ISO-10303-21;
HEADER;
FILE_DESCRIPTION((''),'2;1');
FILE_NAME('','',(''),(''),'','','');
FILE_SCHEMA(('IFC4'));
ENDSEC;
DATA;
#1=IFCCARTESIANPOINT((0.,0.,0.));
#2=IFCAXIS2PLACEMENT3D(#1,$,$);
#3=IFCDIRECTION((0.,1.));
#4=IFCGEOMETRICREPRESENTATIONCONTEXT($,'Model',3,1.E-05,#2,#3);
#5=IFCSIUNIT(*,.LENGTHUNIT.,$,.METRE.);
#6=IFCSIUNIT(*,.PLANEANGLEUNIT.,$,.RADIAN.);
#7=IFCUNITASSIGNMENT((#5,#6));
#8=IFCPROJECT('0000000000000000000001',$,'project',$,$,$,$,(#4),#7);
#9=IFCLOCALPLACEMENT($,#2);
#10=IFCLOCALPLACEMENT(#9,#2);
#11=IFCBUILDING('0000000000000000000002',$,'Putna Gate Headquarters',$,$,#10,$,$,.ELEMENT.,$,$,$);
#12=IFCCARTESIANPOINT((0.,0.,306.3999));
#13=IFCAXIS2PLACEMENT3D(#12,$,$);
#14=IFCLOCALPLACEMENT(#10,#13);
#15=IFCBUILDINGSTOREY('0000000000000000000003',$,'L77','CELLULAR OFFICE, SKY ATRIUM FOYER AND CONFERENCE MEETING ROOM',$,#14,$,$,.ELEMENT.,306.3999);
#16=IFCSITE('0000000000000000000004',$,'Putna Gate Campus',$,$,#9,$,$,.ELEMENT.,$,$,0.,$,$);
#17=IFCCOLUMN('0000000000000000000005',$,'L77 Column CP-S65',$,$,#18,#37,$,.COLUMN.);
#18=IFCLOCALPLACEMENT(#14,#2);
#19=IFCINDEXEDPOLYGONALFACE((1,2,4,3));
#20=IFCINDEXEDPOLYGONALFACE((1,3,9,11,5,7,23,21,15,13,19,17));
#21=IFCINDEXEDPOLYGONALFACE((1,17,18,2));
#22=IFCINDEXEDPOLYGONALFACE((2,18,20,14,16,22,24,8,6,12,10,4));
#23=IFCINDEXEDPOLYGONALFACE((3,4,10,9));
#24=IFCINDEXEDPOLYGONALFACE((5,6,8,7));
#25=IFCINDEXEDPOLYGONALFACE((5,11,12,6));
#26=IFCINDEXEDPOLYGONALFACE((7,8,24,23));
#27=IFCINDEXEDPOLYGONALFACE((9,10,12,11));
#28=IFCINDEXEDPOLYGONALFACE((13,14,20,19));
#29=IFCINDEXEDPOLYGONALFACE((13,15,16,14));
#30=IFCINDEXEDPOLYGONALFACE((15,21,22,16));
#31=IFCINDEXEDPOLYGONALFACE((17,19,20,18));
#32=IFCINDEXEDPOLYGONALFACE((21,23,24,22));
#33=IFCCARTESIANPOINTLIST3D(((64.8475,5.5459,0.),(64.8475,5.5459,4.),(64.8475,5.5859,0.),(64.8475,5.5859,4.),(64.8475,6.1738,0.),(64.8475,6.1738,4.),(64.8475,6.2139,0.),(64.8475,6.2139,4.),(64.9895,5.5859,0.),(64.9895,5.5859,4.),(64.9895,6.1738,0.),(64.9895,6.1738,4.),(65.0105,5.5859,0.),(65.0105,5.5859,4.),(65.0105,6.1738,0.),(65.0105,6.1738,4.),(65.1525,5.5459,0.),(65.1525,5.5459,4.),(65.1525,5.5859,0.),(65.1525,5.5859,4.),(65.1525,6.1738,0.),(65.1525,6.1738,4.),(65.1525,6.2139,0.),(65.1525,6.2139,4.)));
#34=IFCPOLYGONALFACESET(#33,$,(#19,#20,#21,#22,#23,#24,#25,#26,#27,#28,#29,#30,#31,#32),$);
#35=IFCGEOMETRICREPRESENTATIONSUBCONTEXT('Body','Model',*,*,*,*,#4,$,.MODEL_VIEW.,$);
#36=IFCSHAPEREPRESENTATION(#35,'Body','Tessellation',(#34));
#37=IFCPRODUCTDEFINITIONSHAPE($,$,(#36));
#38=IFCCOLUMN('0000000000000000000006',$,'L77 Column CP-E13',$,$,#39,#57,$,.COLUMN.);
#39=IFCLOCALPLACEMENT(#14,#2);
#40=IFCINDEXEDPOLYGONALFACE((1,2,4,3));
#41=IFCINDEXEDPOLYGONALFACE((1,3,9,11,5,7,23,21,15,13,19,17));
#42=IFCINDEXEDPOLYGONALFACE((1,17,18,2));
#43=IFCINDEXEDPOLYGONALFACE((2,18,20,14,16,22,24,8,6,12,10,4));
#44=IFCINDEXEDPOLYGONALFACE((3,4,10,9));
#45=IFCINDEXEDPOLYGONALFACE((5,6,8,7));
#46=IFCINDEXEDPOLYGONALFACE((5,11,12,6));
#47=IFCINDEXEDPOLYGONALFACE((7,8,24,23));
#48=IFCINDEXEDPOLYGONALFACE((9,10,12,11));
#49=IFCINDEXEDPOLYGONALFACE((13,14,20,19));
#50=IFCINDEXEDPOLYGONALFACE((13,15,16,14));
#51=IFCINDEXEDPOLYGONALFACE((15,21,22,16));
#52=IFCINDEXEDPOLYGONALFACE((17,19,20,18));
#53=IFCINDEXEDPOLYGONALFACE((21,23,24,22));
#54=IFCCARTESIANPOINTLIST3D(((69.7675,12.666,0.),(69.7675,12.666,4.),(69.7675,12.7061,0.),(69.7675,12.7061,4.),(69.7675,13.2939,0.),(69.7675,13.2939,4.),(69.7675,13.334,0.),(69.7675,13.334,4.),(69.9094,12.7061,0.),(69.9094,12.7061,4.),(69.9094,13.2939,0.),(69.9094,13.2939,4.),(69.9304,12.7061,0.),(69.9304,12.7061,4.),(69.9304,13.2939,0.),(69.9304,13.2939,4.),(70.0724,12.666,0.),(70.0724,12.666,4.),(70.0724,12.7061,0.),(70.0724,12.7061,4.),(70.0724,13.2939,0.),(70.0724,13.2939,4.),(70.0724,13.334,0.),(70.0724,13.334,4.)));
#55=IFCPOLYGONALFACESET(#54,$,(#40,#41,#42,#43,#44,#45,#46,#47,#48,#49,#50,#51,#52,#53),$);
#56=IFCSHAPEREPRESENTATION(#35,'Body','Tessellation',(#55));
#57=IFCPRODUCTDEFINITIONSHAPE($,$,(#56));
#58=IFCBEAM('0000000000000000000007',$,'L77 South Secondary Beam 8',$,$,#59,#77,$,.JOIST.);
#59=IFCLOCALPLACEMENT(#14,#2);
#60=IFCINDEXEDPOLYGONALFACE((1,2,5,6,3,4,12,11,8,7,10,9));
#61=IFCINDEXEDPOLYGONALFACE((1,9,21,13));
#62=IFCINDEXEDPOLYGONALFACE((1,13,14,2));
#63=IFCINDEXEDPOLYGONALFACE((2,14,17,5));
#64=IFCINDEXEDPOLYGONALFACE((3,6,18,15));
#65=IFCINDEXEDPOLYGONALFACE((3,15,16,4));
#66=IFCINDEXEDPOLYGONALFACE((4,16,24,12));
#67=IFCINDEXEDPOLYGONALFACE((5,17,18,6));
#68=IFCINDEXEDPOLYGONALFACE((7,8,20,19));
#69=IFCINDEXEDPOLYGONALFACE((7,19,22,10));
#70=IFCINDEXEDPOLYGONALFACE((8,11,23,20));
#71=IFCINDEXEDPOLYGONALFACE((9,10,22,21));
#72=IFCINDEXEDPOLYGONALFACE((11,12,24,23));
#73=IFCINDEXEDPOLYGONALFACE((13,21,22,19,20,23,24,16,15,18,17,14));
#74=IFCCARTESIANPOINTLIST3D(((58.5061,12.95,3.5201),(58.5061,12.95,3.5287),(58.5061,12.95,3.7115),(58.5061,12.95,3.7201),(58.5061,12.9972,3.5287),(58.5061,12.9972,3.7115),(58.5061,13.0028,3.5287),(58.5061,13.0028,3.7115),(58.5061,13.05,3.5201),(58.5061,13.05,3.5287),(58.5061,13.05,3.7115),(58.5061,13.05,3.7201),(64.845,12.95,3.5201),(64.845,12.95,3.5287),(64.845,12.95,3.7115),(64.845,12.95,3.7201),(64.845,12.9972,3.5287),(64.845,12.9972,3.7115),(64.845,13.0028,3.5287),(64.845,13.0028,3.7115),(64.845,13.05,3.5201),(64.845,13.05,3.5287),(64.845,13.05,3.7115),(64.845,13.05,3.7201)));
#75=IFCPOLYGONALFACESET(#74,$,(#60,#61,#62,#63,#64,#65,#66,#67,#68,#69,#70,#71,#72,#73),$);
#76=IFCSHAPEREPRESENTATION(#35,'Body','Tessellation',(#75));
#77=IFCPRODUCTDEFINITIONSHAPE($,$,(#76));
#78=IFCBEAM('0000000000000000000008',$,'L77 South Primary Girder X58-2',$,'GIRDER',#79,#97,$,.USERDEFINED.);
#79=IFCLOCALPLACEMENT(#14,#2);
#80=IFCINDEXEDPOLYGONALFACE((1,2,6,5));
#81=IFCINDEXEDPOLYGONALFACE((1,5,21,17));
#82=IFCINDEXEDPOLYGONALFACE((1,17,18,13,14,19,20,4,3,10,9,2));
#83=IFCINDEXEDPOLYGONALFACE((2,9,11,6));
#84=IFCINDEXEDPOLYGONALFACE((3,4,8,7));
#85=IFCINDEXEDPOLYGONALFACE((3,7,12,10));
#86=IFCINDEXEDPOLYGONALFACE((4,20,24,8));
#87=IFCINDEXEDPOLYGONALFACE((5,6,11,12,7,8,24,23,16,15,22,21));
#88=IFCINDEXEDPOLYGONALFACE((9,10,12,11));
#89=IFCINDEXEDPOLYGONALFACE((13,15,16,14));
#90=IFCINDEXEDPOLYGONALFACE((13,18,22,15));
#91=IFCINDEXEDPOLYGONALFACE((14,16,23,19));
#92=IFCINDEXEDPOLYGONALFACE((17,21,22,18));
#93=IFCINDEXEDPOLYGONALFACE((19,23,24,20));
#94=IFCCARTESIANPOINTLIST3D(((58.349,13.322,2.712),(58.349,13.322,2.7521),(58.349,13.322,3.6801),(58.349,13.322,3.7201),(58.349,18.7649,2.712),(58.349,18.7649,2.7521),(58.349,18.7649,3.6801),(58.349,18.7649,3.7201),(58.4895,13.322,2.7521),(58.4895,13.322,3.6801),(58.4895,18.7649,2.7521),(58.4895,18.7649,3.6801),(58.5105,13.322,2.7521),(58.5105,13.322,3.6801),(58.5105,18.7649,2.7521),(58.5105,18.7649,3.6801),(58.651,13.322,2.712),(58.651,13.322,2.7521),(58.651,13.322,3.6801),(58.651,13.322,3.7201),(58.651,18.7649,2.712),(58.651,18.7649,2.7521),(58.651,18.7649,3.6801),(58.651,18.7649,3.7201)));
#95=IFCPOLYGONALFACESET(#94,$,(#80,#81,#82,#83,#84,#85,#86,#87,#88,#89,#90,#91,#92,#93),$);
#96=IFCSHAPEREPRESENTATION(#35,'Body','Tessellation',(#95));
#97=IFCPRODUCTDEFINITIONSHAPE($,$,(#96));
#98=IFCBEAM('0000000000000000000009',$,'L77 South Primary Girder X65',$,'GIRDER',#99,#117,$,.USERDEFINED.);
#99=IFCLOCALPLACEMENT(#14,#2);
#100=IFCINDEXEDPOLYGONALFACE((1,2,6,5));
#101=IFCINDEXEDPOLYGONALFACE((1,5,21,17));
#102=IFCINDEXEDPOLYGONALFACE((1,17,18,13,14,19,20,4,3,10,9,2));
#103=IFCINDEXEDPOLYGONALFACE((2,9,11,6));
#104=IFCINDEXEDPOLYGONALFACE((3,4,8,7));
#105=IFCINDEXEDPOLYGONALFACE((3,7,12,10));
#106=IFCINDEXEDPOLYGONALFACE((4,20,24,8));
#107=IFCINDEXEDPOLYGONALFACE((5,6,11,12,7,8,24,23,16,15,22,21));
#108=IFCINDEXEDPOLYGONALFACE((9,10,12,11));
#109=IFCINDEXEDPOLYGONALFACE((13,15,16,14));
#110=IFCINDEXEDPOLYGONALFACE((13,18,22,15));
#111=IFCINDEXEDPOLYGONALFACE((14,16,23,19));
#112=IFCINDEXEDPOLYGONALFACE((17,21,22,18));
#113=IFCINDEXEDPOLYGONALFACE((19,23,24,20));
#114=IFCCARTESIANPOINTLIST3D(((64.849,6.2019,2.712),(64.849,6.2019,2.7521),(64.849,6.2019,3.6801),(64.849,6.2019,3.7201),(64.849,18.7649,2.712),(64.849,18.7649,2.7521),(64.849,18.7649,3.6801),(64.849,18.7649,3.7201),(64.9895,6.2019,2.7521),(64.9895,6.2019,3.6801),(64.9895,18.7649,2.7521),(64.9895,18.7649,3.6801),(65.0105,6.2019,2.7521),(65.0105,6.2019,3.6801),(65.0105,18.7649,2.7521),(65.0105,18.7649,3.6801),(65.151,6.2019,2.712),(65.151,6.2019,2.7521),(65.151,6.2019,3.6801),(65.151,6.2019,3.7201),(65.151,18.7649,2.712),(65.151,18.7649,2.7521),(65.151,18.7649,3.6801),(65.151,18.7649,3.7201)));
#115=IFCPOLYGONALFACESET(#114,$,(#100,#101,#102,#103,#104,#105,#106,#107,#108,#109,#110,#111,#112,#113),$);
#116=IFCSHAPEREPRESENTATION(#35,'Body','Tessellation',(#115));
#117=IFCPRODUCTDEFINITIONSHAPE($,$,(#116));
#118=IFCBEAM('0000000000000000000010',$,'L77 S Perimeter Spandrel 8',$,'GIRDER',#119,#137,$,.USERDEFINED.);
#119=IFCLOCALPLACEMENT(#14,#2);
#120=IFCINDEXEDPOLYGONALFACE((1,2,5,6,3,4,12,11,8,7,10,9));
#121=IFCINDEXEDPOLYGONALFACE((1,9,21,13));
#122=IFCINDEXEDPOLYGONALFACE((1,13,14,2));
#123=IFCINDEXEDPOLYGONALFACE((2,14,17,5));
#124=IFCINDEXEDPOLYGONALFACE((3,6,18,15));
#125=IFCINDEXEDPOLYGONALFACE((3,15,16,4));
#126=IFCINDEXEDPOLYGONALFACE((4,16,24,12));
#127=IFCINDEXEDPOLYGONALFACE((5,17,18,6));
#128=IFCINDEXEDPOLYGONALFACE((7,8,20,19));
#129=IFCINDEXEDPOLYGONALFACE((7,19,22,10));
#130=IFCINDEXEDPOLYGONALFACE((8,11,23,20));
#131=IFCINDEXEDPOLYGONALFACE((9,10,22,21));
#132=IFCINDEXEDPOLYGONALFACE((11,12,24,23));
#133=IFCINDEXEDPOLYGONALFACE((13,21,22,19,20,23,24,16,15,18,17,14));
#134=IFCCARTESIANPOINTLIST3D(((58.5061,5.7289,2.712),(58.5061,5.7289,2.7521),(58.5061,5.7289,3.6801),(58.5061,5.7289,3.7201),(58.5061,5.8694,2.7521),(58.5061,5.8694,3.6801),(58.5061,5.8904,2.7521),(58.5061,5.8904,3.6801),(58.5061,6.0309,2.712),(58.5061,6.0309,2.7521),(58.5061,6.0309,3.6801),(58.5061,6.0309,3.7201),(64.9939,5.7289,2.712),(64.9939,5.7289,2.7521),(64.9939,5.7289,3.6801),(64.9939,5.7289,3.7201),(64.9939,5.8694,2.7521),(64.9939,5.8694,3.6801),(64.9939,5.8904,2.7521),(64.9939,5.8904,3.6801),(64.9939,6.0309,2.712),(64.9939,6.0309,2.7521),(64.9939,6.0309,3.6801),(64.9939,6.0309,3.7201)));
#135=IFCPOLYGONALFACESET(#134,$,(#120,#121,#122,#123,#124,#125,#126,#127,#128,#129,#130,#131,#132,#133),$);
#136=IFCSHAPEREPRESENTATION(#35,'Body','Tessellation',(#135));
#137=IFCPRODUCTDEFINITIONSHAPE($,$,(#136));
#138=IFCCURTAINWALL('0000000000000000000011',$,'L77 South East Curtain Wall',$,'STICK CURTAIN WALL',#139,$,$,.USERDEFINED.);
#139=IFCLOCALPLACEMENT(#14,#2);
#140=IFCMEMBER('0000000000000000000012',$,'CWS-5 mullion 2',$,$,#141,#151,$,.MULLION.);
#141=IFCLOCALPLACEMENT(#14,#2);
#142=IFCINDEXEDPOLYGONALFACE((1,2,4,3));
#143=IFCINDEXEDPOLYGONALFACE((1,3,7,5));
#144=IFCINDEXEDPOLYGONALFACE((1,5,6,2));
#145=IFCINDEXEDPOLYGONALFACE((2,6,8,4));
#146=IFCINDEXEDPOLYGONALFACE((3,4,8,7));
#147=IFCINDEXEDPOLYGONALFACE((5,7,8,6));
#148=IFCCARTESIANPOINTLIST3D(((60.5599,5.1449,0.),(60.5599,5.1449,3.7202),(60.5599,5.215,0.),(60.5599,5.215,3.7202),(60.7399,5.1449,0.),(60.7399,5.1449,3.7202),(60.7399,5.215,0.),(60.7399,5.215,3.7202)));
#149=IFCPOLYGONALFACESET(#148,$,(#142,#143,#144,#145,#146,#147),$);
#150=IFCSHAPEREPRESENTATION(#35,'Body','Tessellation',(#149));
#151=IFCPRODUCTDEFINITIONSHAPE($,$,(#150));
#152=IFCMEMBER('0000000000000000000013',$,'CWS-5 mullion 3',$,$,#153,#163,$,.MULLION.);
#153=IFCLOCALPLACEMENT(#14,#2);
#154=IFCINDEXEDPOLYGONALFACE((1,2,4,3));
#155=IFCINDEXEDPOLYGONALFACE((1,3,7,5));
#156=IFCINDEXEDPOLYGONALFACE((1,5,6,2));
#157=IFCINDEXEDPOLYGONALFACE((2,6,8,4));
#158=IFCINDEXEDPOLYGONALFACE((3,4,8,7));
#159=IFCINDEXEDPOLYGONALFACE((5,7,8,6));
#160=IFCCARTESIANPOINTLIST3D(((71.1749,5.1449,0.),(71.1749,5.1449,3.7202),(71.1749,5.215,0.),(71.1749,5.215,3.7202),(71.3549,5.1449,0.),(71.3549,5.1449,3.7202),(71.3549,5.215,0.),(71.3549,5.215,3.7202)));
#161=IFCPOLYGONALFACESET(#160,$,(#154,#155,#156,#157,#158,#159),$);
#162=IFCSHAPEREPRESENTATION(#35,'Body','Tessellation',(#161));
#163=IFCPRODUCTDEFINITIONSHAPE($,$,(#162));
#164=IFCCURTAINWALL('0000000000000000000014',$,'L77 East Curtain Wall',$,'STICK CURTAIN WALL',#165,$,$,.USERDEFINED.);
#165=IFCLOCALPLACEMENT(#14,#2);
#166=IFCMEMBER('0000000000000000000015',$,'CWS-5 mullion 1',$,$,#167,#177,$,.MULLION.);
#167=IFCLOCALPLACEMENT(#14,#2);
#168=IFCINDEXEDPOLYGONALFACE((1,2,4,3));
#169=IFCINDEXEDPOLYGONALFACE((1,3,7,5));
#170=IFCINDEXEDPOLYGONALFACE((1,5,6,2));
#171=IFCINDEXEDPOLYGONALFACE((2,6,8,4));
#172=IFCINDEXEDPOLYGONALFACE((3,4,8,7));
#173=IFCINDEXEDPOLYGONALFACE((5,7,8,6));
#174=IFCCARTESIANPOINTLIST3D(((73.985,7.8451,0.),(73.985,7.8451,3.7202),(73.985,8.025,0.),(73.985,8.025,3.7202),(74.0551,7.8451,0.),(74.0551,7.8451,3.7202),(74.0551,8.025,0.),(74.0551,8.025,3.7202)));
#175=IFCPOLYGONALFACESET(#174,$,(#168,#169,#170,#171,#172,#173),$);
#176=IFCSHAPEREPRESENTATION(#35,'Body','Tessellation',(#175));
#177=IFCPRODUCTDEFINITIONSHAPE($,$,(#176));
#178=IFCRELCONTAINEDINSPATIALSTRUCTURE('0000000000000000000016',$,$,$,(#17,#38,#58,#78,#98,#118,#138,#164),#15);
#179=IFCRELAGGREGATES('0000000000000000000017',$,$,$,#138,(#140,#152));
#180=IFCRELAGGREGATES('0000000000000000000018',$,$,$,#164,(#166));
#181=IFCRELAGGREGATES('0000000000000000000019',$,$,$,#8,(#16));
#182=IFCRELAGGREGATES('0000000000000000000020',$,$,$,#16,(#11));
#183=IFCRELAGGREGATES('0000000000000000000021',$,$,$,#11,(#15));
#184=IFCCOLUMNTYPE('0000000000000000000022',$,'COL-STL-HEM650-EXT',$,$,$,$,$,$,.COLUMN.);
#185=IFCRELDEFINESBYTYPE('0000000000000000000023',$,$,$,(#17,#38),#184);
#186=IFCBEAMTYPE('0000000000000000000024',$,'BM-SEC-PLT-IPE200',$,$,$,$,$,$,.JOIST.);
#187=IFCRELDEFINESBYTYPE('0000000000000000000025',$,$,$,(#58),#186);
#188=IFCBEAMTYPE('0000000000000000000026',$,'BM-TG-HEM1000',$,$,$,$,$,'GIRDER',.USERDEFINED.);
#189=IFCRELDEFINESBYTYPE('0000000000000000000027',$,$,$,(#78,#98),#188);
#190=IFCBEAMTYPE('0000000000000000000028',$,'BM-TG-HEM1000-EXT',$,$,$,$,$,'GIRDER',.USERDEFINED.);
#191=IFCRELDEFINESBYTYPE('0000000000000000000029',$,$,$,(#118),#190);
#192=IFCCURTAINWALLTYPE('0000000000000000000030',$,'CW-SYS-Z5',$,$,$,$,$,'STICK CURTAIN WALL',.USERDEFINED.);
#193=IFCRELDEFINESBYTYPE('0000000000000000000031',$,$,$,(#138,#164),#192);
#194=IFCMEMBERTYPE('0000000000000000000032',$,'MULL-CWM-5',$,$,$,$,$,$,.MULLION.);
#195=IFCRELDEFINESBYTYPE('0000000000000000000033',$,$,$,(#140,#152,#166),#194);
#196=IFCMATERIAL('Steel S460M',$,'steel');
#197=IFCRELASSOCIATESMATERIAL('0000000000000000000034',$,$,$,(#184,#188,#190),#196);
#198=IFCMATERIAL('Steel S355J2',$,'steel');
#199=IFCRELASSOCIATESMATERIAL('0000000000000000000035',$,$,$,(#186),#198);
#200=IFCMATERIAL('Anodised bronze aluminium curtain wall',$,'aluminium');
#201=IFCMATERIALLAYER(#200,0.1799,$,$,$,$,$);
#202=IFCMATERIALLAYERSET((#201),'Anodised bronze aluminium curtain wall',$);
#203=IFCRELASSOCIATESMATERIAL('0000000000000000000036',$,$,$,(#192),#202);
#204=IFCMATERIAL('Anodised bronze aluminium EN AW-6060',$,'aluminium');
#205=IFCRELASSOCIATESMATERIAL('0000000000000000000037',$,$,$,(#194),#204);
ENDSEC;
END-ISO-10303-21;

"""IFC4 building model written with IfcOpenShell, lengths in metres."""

from ifc_helpers import new_model, si_unit, direction, frame, origin, origin_2d, place, context, subcontext, project, spatial, rectangle, i_section, extrude, material, layer, layer_set, material_profile, profile_set, type_object, element, aggregate, save


model = new_model("IFC4")

# Units and contexts
model_context = context("Model", 3, precision=1e-05, world=origin(), true_north=direction((0.0, 1.0)))
body_context = subcontext(model_context, "Body", "Model", "MODEL_VIEW")
ifc_project = project(units=[si_unit("LENGTHUNIT", "METRE"), si_unit("PLANEANGLEUNIT", "RADIAN")], contexts=[model_context])

# Site, building, storey
site_placement = place(None, origin())
site = spatial("IfcSite", under=ifc_project, at=site_placement, Name="Putna Gate Campus", CompositionType="ELEMENT", RefElevation=0.0)
building_placement = place(site_placement, origin())
building = spatial("IfcBuilding", under=site, at=building_placement, Name="Putna Gate Headquarters", CompositionType="ELEMENT")
storey_placement = place(building_placement, frame((0.0, 0.0, 306.3999)))
storey = spatial("IfcBuildingStorey", under=building, at=storey_placement, Name="L77", Description="CELLULAR OFFICE, SKY ATRIUM FOYER AND CONFERENCE MEETING ROOM", CompositionType="ELEMENT", Elevation=306.3999)

# Columns
ifc_material_1 = material(Name="Steel S460M", Category="steel")
ifc_material_profile_1 = material_profile(ifc_material_1, i_section(OverallWidth=0.3049, OverallDepth=0.668, WebThickness=0.021, FlangeThickness=0.04, at=origin_2d()), Name="Steel S460M")
ifc_profile_set_1 = profile_set([ifc_material_profile_1], Name="Steel S460M")
column_type = type_object("IfcColumnType", Name="COL-STL-HEM650-EXT", PredefinedType="COLUMN", material=ifc_profile_set_1)
for number, where, z_axis, x_axis, name in (
    (1, (65.0, 5.8799, 0.0), (0.0, 0.0, 1.0), (1.0, 0.0, 0.0), "L77 Column CP-S65"),
    (2, (69.9199, 13.0, 0.0), (0.0, 0.0, 1.0), (1.0, 0.0, 0.0), "L77 Column CP-E13"),
):
    element("IfcColumn", number, at=place(storey_placement, frame(where, z_axis=z_axis, x_axis=x_axis)), inside=storey, type_object=column_type, Name=name, PredefinedType="COLUMN", context=body_context, shape_type="SweptSolid", body=[
        extrude(i_section(OverallWidth=0.3049, OverallDepth=0.668, WebThickness=0.021, FlangeThickness=0.04, at=origin_2d()), origin(), (0.0, 0.0, 1.0), 4.0),
    ])

# Beams
ifc_material_2 = material(Name="Steel S355J2", Category="steel")
ifc_material_profile_2 = material_profile(ifc_material_2, i_section(OverallWidth=0.1001, OverallDepth=0.2, WebThickness=0.0056, FlangeThickness=0.0085, at=origin_2d()), Name="Steel S355J2")
ifc_profile_set_2 = profile_set([ifc_material_profile_2], Name="Steel S355J2")
beam_type_1 = type_object("IfcBeamType", Name="BM-SEC-PLT-IPE200", PredefinedType="JOIST", material=ifc_profile_set_2)
beam_1_placement = place(storey_placement, frame((58.5061, 13.0, 3.6201), z_axis=(1.0, 0.0, 0.0), x_axis=(0.0, 1.0, 0.0)))
element("IfcBeam", 3, at=beam_1_placement, inside=storey, type_object=beam_type_1, Name="L77 South Secondary Beam 8", PredefinedType="JOIST", context=body_context, shape_type="SweptSolid", body=[
    extrude(i_section(OverallWidth=0.1001, OverallDepth=0.2, WebThickness=0.0056, FlangeThickness=0.0085, at=origin_2d()), origin(), (0.0, 0.0, 1.0), 6.3389),
])
ifc_material_profile_3 = material_profile(ifc_material_1, i_section(OverallWidth=0.302, OverallDepth=1.0081, WebThickness=0.021, FlangeThickness=0.04, at=origin_2d()), Name="Steel S460M")
ifc_profile_set_3 = profile_set([ifc_material_profile_3], Name="Steel S460M")
beam_type_2 = type_object("IfcBeamType", Name="BM-TG-HEM1000", ElementType="GIRDER", PredefinedType="USERDEFINED", material=ifc_profile_set_3)
beam_2_placement = place(storey_placement, frame((58.5, 13.322, 3.2161), z_axis=(0.0, 1.0, 0.0), x_axis=(-1.0, 0.0, 0.0)))
element("IfcBeam", 4, at=beam_2_placement, inside=storey, type_object=beam_type_2, Name="L77 South Primary Girder X58-2", ObjectType="GIRDER", PredefinedType="USERDEFINED", context=body_context, shape_type="SweptSolid", body=[
    extrude(i_section(OverallWidth=0.302, OverallDepth=1.0081, WebThickness=0.021, FlangeThickness=0.04, at=origin_2d()), origin(), (0.0, 0.0, 1.0), 5.4429),
])
beam_3_placement = place(storey_placement, frame((65.0, 6.2019, 3.2161), z_axis=(0.0, 1.0, 0.0), x_axis=(-1.0, 0.0, 0.0)))
element("IfcBeam", 5, at=beam_3_placement, inside=storey, type_object=beam_type_2, Name="L77 South Primary Girder X65", ObjectType="GIRDER", PredefinedType="USERDEFINED", context=body_context, shape_type="SweptSolid", body=[
    extrude(i_section(OverallWidth=0.302, OverallDepth=1.0081, WebThickness=0.021, FlangeThickness=0.04, at=origin_2d()), origin(), (0.0, 0.0, 1.0), 12.563),
])
ifc_material_profile_4 = material_profile(ifc_material_1, i_section(OverallWidth=0.302, OverallDepth=1.0081, WebThickness=0.021, FlangeThickness=0.04, at=origin_2d()), Name="Steel S460M")
ifc_profile_set_4 = profile_set([ifc_material_profile_4], Name="Steel S460M")
beam_type_3 = type_object("IfcBeamType", Name="BM-TG-HEM1000-EXT", ElementType="GIRDER", PredefinedType="USERDEFINED", material=ifc_profile_set_4)
beam_4_placement = place(storey_placement, frame((58.5061, 5.8799, 3.2161), z_axis=(1.0, 0.0, 0.0), x_axis=(0.0, 1.0, 0.0)))
element("IfcBeam", 6, at=beam_4_placement, inside=storey, type_object=beam_type_3, Name="L77 S Perimeter Spandrel 8", ObjectType="GIRDER", PredefinedType="USERDEFINED", context=body_context, shape_type="SweptSolid", body=[
    extrude(i_section(OverallWidth=0.302, OverallDepth=1.0081, WebThickness=0.021, FlangeThickness=0.04, at=origin_2d()), origin(), (0.0, 0.0, 1.0), 6.4878),
])

# Curtain wall, members
ifc_material_3 = material(Name="Anodised bronze aluminium curtain wall", Category="aluminium")
ifc_layer_1 = layer(ifc_material_3, 0.1799)
ifc_layer_set_1 = layer_set([ifc_layer_1], Name="Anodised bronze aluminium curtain wall")
curtain_wall_type = type_object("IfcCurtainWallType", Name="CW-SYS-Z5", ElementType="STICK CURTAIN WALL", PredefinedType="USERDEFINED", material=ifc_layer_set_1)
curtain_wall_1_placement = place(storey_placement, origin())
curtain_wall_1 = element("IfcCurtainWall", 7, at=curtain_wall_1_placement, inside=storey, type_object=curtain_wall_type, Name="L77 South East Curtain Wall", ObjectType="STICK CURTAIN WALL", PredefinedType="USERDEFINED")
ifc_material_4 = material(Name="Anodised bronze aluminium EN AW-6060", Category="aluminium")
ifc_material_profile_5 = material_profile(ifc_material_4, rectangle(XDim=0.0701, YDim=0.1799, at=origin_2d()), Name="Anodised bronze aluminium EN AW-6060")
ifc_profile_set_5 = profile_set([ifc_material_profile_5], Name="Anodised bronze aluminium EN AW-6060")
member_type_1 = type_object("IfcMemberType", Name="MULL-CWM-5", PredefinedType="MULLION", material=ifc_profile_set_5)
member_1_placement = place(storey_placement, frame((60.6499, 5.1799, 0.0), z_axis=(0.0, 0.0, 1.0), x_axis=(0.0, 1.0, 0.0)))
member_1 = element("IfcMember", 8, at=member_1_placement, type_object=member_type_1, Name="CWS-5 mullion 2", PredefinedType="MULLION", context=body_context, shape_type="SweptSolid", body=[
    extrude(rectangle(XDim=0.0701, YDim=0.1799, at=origin_2d()), origin(), (0.0, 0.0, 1.0), 3.7202),
])
member_2_placement = place(storey_placement, frame((71.2649, 5.1799, 0.0), z_axis=(0.0, 0.0, 1.0), x_axis=(0.0, 1.0, 0.0)))
member_2 = element("IfcMember", 9, at=member_2_placement, type_object=member_type_1, Name="CWS-5 mullion 3", PredefinedType="MULLION", context=body_context, shape_type="SweptSolid", body=[
    extrude(rectangle(XDim=0.0701, YDim=0.1799, at=origin_2d()), origin(), (0.0, 0.0, 1.0), 3.7202),
])

# Curtain wall, member
curtain_wall_2_placement = place(storey_placement, origin())
curtain_wall_2 = element("IfcCurtainWall", 10, at=curtain_wall_2_placement, inside=storey, type_object=curtain_wall_type, Name="L77 East Curtain Wall", ObjectType="STICK CURTAIN WALL", PredefinedType="USERDEFINED")
member_3_placement = place(storey_placement, frame((74.02, 7.9351, 0.0), z_axis=(0.0, 0.0, 1.0), x_axis=(-1.0, 0.0, 0.0)))
member_3 = element("IfcMember", 11, at=member_3_placement, type_object=member_type_1, Name="CWS-5 mullion 1", PredefinedType="MULLION", context=body_context, shape_type="SweptSolid", body=[
    extrude(rectangle(XDim=0.0701, YDim=0.1799, at=origin_2d()), origin(), (0.0, 0.0, 1.0), 3.7202),
])

aggregate(curtain_wall_1, [member_1, member_2])
aggregate(curtain_wall_2, [member_3])

save(model, "model.ifc")
